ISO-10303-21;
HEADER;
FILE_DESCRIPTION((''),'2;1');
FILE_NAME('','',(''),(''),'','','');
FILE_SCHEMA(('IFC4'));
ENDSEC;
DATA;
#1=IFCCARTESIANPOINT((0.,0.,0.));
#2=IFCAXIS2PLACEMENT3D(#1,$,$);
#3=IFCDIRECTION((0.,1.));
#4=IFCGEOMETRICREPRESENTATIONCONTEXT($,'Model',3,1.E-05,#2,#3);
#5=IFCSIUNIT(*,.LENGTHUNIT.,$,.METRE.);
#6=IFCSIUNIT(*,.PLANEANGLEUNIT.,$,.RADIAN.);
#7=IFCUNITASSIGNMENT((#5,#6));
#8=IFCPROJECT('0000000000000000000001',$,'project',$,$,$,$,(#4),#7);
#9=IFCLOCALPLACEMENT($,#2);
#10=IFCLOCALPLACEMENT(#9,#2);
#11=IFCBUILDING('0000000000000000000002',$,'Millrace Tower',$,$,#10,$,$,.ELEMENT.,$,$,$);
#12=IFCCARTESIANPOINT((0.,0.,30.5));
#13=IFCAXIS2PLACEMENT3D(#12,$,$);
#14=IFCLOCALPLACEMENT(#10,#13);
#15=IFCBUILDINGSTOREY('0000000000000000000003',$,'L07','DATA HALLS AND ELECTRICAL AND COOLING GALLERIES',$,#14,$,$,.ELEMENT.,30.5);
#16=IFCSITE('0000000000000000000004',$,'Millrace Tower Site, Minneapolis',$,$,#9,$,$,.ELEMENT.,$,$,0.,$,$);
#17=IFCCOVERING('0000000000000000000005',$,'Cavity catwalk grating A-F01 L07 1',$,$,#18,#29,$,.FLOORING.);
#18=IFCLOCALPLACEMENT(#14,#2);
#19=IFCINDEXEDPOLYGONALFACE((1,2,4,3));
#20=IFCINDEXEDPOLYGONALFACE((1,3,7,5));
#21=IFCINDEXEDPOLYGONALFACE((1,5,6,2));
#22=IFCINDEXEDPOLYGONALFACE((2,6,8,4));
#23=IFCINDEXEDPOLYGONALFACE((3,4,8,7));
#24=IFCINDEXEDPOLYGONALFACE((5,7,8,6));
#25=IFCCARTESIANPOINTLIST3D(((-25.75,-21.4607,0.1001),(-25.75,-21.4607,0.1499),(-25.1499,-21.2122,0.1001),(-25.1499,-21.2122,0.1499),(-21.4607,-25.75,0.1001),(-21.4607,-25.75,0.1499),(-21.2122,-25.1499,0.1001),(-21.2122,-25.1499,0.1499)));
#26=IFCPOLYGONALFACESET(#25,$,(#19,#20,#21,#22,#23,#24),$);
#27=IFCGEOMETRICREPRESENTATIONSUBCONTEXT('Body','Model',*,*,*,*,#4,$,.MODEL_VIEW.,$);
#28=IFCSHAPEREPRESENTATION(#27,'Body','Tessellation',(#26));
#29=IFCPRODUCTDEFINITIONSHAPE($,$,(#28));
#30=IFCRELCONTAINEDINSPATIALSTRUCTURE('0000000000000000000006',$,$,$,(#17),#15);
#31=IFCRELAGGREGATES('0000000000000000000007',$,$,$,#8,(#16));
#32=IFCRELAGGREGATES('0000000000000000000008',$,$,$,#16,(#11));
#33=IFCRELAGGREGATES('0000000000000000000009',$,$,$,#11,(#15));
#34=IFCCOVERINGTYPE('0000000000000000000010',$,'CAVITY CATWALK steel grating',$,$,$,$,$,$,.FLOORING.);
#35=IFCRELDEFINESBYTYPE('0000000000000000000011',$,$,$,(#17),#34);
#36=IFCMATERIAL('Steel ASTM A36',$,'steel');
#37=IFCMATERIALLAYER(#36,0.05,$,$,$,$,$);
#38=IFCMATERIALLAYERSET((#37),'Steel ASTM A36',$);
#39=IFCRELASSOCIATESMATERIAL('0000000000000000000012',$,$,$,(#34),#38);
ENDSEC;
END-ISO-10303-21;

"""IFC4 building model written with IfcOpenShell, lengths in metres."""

from ifc_helpers import new_model, si_unit, direction, frame, origin, place, context, subcontext, project, spatial, polyline, outline, extrude, material, layer, layer_set, type_object, element, save


model = new_model("IFC4")

# Units and contexts
model_context = context("Model", 3, precision=1e-05, world=origin(), true_north=direction((0.0, 1.0)))
body_context = subcontext(model_context, "Body", "Model", "MODEL_VIEW")
ifc_project = project(units=[si_unit("LENGTHUNIT", "METRE"), si_unit("PLANEANGLEUNIT", "RADIAN")], contexts=[model_context])

# Site, building, storey
site_placement = place(None, origin())
site = spatial("IfcSite", under=ifc_project, at=site_placement, Name="Millrace Tower Site, Minneapolis", CompositionType="ELEMENT", RefElevation=0.0)
building_placement = place(site_placement, origin())
building = spatial("IfcBuilding", under=site, at=building_placement, Name="Millrace Tower", CompositionType="ELEMENT")
storey_placement = place(building_placement, frame((0.0, 0.0, 30.5)))
storey = spatial("IfcBuildingStorey", under=building, at=storey_placement, Name="L07", Description="DATA HALLS AND ELECTRICAL AND COOLING GALLERIES", CompositionType="ELEMENT", Elevation=30.5)

# Covering
ifc_material_1 = material(Name="Steel ASTM A36", Category="steel")
ifc_layer_1 = layer(ifc_material_1, 0.05)
ifc_layer_set_1 = layer_set([ifc_layer_1], Name="Steel ASTM A36")
covering_type = type_object("IfcCoveringType", Name="CAVITY CATWALK steel grating", PredefinedType="FLOORING", material=ifc_layer_set_1)
covering_placement = place(storey_placement, frame((0.0, 0.0, 0.1001)))
element("IfcCovering", 1, at=covering_placement, inside=storey, type_object=covering_type, Name="Cavity catwalk grating A-F01 L07 1", PredefinedType="FLOORING", context=body_context, shape_type="SweptSolid", body=[
    extrude(outline(polyline([(-25.75, -21.4607), (-21.4607, -25.75), (-21.2122, -25.1499), (-25.1499, -21.2122), (-25.75, -21.4607)])), origin(), (0.0, 0.0, 1.0), 0.0498),
])

save(model, "model.ifc")
